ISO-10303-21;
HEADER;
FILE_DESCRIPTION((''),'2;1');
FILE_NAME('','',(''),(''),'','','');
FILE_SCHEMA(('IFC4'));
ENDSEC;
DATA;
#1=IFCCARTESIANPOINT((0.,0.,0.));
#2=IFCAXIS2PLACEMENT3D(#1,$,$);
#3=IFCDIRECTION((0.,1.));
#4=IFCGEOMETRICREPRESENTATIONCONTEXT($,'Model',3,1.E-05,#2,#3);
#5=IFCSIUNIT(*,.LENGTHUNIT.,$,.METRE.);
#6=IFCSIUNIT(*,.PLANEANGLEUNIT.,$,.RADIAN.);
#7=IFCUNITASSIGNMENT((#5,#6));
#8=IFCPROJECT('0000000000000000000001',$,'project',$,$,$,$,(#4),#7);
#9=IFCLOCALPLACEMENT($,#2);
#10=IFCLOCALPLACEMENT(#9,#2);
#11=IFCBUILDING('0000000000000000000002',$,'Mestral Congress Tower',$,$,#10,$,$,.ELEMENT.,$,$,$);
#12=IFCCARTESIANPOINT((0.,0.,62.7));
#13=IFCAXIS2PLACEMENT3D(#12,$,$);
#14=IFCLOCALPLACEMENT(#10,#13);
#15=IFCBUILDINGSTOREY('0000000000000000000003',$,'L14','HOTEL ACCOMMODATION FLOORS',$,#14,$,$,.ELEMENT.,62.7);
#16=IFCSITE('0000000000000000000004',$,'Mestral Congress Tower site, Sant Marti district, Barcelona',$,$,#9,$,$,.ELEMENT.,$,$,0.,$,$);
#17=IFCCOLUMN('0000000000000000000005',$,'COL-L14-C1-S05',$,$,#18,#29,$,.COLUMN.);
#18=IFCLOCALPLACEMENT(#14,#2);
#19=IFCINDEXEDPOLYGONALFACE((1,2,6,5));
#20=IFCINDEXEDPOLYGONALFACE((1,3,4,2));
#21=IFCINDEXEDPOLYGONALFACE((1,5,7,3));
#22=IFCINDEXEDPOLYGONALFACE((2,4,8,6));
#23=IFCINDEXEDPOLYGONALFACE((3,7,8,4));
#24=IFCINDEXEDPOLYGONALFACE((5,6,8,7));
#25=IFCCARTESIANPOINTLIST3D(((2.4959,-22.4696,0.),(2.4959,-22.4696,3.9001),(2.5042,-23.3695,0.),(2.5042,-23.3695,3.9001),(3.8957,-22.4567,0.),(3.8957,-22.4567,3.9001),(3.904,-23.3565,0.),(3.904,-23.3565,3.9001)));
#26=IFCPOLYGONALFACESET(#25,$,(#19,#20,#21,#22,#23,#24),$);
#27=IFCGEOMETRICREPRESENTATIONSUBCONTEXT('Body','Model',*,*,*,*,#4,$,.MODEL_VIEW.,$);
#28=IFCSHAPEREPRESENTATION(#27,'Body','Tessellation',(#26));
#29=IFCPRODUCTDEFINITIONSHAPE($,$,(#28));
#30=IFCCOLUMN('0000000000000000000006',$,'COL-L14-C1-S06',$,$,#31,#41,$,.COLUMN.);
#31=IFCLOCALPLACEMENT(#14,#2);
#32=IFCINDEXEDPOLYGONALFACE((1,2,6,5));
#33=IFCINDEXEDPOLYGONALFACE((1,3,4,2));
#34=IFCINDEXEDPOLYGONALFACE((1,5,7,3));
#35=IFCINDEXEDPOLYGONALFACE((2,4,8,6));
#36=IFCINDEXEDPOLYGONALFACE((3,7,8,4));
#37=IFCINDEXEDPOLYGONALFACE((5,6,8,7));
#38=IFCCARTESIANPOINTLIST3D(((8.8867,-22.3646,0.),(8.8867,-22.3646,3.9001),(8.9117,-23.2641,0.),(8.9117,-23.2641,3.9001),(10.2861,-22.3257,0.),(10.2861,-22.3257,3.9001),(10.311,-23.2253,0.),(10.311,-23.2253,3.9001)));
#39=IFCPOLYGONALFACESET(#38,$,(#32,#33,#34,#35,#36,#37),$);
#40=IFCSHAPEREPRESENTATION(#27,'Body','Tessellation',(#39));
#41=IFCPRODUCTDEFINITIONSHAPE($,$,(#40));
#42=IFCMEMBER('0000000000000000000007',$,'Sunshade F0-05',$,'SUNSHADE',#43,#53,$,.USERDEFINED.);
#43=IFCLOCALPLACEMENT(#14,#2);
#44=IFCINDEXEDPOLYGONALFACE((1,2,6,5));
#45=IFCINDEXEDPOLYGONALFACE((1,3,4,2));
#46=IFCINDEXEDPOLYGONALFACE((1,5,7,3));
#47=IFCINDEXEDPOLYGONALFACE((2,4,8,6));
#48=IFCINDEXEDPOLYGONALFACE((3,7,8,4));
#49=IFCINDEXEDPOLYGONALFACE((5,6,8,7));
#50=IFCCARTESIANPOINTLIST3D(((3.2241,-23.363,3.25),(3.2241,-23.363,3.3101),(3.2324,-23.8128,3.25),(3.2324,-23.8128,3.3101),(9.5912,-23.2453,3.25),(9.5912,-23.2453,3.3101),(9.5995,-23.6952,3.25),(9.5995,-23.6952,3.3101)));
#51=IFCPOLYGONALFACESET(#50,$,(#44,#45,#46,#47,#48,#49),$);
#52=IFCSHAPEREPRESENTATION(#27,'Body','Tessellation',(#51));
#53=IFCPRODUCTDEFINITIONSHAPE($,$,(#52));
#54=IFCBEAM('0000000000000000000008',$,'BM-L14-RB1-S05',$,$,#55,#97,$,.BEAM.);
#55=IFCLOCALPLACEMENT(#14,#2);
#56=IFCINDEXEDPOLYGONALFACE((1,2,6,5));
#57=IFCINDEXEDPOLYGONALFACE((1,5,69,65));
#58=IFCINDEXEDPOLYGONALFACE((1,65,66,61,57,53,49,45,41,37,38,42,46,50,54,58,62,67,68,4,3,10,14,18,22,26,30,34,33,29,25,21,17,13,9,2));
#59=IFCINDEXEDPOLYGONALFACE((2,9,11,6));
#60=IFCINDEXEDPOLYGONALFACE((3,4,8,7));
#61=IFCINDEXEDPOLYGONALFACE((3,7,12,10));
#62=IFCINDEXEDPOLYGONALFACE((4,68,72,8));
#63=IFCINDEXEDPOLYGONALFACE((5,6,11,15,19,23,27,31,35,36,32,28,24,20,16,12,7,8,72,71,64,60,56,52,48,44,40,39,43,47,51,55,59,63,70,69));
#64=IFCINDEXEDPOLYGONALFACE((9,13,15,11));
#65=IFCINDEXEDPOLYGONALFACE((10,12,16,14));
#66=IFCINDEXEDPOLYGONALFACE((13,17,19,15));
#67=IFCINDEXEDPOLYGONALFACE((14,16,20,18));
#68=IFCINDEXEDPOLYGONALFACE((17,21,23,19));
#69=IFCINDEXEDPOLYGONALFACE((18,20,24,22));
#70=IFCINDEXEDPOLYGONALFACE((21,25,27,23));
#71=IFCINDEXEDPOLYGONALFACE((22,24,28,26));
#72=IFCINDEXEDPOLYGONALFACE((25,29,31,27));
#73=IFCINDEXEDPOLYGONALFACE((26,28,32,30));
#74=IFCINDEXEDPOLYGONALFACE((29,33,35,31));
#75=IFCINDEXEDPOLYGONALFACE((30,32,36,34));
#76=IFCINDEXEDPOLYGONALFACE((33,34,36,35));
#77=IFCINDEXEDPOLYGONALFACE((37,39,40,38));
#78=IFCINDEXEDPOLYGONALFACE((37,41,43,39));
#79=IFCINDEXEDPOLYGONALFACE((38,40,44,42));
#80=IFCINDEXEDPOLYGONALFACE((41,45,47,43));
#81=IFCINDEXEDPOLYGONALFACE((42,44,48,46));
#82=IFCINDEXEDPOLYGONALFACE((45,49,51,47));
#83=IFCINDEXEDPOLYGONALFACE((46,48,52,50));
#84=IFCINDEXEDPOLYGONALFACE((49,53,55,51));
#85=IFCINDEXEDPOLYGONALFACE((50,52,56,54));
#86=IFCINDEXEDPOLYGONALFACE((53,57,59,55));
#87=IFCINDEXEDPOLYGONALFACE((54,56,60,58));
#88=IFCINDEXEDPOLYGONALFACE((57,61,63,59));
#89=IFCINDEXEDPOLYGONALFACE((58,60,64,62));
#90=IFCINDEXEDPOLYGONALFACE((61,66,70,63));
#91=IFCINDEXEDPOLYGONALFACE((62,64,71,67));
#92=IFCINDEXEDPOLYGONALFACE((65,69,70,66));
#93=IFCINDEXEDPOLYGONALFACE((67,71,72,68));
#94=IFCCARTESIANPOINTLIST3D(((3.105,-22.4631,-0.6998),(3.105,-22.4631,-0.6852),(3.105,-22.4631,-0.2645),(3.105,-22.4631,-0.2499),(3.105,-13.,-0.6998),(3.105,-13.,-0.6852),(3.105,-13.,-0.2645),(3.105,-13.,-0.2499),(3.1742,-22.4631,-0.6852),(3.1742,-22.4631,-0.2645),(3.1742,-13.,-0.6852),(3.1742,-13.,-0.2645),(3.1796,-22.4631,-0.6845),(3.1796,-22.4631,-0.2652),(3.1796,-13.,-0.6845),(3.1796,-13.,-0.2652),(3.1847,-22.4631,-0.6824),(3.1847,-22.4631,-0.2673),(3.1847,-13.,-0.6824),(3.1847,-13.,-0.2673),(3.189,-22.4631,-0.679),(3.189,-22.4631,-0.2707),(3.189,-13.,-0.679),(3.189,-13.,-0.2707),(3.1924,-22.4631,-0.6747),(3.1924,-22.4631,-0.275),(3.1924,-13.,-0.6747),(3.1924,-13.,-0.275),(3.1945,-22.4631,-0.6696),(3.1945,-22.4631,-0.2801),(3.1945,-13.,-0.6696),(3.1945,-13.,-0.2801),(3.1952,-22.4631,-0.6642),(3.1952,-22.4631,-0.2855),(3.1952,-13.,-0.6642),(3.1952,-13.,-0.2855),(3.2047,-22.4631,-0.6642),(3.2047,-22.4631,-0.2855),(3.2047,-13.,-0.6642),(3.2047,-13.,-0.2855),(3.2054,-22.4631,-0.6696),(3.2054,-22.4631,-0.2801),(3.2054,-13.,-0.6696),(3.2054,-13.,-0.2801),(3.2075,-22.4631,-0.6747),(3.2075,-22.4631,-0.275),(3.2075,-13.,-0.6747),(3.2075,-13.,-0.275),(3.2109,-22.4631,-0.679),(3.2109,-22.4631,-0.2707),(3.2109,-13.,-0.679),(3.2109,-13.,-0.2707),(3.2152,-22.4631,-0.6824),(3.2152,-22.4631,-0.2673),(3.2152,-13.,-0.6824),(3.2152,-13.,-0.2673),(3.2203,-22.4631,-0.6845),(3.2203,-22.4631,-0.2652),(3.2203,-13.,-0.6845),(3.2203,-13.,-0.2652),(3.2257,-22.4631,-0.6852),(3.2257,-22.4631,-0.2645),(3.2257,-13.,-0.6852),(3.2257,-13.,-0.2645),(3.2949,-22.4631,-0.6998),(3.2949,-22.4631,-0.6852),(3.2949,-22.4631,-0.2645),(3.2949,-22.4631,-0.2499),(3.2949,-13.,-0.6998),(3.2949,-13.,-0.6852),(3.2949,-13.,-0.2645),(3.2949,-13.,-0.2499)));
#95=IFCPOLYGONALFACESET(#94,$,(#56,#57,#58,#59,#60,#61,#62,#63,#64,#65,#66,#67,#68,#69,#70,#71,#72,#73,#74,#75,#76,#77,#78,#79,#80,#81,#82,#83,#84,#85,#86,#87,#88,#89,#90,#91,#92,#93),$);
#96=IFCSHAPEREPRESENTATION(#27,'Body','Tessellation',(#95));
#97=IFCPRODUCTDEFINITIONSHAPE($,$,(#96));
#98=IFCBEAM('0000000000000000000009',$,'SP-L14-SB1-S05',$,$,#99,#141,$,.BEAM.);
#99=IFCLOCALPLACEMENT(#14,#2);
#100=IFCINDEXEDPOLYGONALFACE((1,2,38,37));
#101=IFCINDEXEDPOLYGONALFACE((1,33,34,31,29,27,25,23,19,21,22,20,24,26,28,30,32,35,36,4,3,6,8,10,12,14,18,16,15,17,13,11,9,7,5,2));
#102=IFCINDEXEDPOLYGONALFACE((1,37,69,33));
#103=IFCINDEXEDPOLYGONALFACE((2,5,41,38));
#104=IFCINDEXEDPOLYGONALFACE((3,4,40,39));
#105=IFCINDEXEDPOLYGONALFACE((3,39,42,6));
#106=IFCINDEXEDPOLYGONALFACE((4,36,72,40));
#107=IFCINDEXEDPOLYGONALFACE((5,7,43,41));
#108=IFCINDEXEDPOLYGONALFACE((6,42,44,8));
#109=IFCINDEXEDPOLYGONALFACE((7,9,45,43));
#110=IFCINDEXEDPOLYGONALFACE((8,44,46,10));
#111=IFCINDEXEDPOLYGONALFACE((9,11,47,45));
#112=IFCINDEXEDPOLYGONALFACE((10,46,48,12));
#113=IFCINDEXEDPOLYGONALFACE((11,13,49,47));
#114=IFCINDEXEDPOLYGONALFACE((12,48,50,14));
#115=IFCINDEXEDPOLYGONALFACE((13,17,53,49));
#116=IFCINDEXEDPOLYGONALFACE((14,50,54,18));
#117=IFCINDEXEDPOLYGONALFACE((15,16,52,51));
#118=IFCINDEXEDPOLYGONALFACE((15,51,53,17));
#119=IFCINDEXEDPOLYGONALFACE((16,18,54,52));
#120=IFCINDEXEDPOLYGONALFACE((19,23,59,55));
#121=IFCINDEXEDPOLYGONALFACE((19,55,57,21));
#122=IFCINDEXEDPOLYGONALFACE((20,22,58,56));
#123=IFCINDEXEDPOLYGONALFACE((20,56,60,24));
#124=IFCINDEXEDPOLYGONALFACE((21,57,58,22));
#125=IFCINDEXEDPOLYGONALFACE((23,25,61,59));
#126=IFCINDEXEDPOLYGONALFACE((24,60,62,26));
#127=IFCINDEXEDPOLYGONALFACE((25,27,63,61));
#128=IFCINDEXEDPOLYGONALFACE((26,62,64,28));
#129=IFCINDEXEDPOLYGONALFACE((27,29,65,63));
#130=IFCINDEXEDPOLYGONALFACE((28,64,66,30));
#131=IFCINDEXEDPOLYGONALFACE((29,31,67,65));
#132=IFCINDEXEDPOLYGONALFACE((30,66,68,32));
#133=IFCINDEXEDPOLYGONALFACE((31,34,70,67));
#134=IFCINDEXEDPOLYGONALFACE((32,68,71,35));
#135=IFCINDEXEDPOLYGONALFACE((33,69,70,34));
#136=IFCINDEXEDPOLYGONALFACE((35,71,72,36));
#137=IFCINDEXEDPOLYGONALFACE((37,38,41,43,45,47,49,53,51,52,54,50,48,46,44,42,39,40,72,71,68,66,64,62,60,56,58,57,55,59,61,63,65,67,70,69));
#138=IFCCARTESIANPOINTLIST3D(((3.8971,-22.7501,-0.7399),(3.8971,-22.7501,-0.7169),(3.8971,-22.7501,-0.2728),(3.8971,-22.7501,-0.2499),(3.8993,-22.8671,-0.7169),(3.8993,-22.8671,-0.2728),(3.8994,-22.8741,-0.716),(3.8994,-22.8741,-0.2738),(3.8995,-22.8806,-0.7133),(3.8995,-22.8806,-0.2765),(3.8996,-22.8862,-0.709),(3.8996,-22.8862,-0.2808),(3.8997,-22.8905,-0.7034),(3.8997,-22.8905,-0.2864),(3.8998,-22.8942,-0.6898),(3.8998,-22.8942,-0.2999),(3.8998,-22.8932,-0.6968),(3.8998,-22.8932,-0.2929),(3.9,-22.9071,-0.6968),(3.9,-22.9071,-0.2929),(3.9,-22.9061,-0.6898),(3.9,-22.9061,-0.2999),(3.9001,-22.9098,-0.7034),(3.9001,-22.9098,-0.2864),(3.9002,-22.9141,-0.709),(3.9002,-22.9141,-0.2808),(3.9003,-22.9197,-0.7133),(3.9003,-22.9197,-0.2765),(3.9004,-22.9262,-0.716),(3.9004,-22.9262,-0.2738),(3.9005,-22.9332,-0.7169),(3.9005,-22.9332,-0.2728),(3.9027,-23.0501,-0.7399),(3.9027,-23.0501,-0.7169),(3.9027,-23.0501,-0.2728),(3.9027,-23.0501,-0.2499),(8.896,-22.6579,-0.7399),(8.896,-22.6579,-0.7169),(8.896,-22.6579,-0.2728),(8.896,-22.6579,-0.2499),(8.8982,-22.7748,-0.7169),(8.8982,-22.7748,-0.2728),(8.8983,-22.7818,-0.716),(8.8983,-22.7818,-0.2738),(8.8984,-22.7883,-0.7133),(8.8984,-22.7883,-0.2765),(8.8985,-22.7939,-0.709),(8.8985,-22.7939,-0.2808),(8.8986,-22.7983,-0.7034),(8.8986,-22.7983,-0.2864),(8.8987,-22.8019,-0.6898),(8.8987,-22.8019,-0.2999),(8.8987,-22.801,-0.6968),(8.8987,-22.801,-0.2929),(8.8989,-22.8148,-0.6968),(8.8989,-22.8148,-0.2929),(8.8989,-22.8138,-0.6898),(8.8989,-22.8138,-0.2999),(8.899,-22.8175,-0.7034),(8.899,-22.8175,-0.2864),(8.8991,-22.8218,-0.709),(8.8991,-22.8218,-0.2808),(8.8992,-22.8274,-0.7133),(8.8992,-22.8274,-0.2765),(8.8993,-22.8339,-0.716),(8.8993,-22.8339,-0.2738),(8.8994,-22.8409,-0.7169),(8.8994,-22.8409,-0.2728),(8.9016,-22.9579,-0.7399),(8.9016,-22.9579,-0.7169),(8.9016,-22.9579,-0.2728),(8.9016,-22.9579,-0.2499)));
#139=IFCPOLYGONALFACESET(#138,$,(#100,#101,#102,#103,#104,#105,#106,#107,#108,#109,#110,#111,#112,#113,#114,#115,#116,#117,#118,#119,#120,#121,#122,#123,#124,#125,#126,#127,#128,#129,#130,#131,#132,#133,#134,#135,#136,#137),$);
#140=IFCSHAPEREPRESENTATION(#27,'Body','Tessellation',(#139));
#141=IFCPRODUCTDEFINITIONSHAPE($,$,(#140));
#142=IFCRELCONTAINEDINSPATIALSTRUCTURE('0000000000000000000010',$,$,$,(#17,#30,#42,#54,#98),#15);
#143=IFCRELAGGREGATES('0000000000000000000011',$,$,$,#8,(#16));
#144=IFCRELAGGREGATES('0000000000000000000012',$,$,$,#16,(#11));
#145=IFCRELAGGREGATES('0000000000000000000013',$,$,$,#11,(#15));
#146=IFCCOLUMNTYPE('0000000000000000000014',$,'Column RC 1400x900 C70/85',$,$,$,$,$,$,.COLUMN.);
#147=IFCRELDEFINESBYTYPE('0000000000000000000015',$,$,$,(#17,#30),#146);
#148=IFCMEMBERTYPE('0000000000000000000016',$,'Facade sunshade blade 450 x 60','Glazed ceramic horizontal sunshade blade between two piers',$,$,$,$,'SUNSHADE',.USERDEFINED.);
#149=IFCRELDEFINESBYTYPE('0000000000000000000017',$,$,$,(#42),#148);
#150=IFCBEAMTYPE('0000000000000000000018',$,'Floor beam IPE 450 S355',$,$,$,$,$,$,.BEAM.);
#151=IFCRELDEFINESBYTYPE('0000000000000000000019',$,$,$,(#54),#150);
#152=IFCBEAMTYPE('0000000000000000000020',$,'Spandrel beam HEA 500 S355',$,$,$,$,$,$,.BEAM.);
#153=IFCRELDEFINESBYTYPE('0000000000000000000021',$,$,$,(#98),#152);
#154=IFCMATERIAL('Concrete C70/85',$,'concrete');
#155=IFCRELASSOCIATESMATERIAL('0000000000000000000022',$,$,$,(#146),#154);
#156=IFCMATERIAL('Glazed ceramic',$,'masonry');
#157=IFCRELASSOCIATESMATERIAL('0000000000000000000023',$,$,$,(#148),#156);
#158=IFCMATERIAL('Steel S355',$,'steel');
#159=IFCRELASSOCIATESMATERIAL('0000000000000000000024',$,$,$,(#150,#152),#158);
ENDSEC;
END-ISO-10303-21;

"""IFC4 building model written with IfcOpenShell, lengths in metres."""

from ifc_helpers import new_model, si_unit, direction, frame, origin, origin_2d, place, context, subcontext, project, spatial, rectangle, i_section, extrude, material, material_profile, profile_set, type_object, element, save


model = new_model("IFC4")

# Units and contexts
model_context = context("Model", 3, precision=1e-05, world=origin(), true_north=direction((0.0, 1.0)))
body_context = subcontext(model_context, "Body", "Model", "MODEL_VIEW")
ifc_project = project(units=[si_unit("LENGTHUNIT", "METRE"), si_unit("PLANEANGLEUNIT", "RADIAN")], contexts=[model_context])

# Site, building, storey
site_placement = place(None, origin())
site = spatial("IfcSite", under=ifc_project, at=site_placement, Name="Mestral Congress Tower site, Sant Marti district, Barcelona", CompositionType="ELEMENT", RefElevation=0.0)
building_placement = place(site_placement, origin())
building = spatial("IfcBuilding", under=site, at=building_placement, Name="Mestral Congress Tower", CompositionType="ELEMENT")
storey_placement = place(building_placement, frame((0.0, 0.0, 62.7)))
storey = spatial("IfcBuildingStorey", under=building, at=storey_placement, Name="L14", Description="HOTEL ACCOMMODATION FLOORS", CompositionType="ELEMENT", Elevation=62.7)

# Columns
ifc_material_1 = material(Name="Concrete C70/85", Category="concrete")
ifc_material_profile_1 = material_profile(ifc_material_1, rectangle(XDim=1.3999, YDim=0.8999, at=origin_2d()), Name="RC 1400x900")
ifc_profile_set_1 = profile_set([ifc_material_profile_1], Name="Concrete C70/85")
column_type = type_object("IfcColumnType", Name="Column RC 1400x900 C70/85", PredefinedType="COLUMN", material=ifc_profile_set_1)
for number, where, z_axis, x_axis, name in (
    (1, (3.2, -22.9131, 0.0), (0.0, 0.0, 1.0), (0.999957, 0.009243, 0.0), "COL-L14-C1-S05"),
    (2, (9.5989, -22.7949, 0.0), (0.0, 0.0, 1.0), (0.999616, 0.027726, 0.0), "COL-L14-C1-S06"),
):
    element("IfcColumn", number, at=place(storey_placement, frame(where, z_axis=z_axis, x_axis=x_axis)), inside=storey, type_object=column_type, Name=name, PredefinedType="COLUMN", context=body_context, shape_type="SweptSolid", body=[
        extrude(rectangle(XDim=1.3999, YDim=0.8999, at=origin_2d()), origin(), (0.0, 0.0, 1.0), 3.9001),
    ])

# Member
ifc_material_2 = material(Name="Glazed ceramic", Category="masonry")
ifc_material_profile_2 = material_profile(ifc_material_2, rectangle(XDim=0.45, YDim=0.0601, at=origin_2d()), Name="Ceramic blade 450 x 60")
ifc_profile_set_2 = profile_set([ifc_material_profile_2], Name="Glazed ceramic")
member_type = type_object("IfcMemberType", Name="Facade sunshade blade 450 x 60", Description="Glazed ceramic horizontal sunshade blade between two piers", ElementType="SUNSHADE", PredefinedType="USERDEFINED", material=ifc_profile_set_2)
member_placement = place(storey_placement, frame((3.2283, -23.5879, 3.28), z_axis=(0.999829, 0.018478, 0.0), x_axis=(-0.018478, 0.999829, 0.0)))
element("IfcMember", 3, at=member_placement, inside=storey, type_object=member_type, Name="Sunshade F0-05", ObjectType="SUNSHADE", PredefinedType="USERDEFINED", context=body_context, shape_type="SweptSolid", body=[
    extrude(rectangle(XDim=0.45, YDim=0.0601, at=origin_2d()), origin(), (0.0, 0.0, 1.0), 6.3682),
])

# Beams
ifc_material_3 = material(Name="Steel S355", Category="steel")
ifc_material_profile_3 = material_profile(ifc_material_3, i_section(OverallWidth=0.1899, OverallDepth=0.45, WebThickness=0.0095, FlangeThickness=0.0146, FilletRadius=0.021, at=origin_2d()), Name="IPE 450")
ifc_profile_set_3 = profile_set([ifc_material_profile_3], Name="Steel S355")
beam_type_1 = type_object("IfcBeamType", Name="Floor beam IPE 450 S355", PredefinedType="BEAM", material=ifc_profile_set_3)
beam_1_placement = place(storey_placement, frame((3.2, -22.4631, -0.4749), z_axis=(0.0, 1.0, 0.0), x_axis=(-1.0, 0.0, 0.0)))
element("IfcBeam", 4, at=beam_1_placement, inside=storey, type_object=beam_type_1, Name="BM-L14-RB1-S05", PredefinedType="BEAM", context=body_context, shape_type="SweptSolid", body=[
    extrude(i_section(OverallWidth=0.1899, OverallDepth=0.45, WebThickness=0.0095, FlangeThickness=0.0146, FilletRadius=0.021, at=origin_2d()), origin(), (0.0, 0.0, 1.0), 9.4631),
])
ifc_material_profile_4 = material_profile(ifc_material_3, i_section(OverallWidth=0.3, OverallDepth=0.49, WebThickness=0.012, FlangeThickness=0.0229, FilletRadius=0.0271, at=origin_2d()), Name="HEA 500")
ifc_profile_set_4 = profile_set([ifc_material_profile_4], Name="Steel S355")
beam_type_2 = type_object("IfcBeamType", Name="Spandrel beam HEA 500 S355", PredefinedType="BEAM", material=ifc_profile_set_4)
beam_2_placement = place(storey_placement, frame((3.8999, -22.9001, -0.4949), z_axis=(0.99983, 0.018457, 0.0), x_axis=(-0.018457, 0.99983, 0.0)))
element("IfcBeam", 5, at=beam_2_placement, inside=storey, type_object=beam_type_2, Name="SP-L14-SB1-S05", PredefinedType="BEAM", context=body_context, shape_type="SweptSolid", body=[
    extrude(i_section(OverallWidth=0.3, OverallDepth=0.49, WebThickness=0.012, FlangeThickness=0.0229, FilletRadius=0.0271, at=origin_2d()), origin(), (0.0, 0.0, 1.0), 4.9998),
])

save(model, "model.ifc")
